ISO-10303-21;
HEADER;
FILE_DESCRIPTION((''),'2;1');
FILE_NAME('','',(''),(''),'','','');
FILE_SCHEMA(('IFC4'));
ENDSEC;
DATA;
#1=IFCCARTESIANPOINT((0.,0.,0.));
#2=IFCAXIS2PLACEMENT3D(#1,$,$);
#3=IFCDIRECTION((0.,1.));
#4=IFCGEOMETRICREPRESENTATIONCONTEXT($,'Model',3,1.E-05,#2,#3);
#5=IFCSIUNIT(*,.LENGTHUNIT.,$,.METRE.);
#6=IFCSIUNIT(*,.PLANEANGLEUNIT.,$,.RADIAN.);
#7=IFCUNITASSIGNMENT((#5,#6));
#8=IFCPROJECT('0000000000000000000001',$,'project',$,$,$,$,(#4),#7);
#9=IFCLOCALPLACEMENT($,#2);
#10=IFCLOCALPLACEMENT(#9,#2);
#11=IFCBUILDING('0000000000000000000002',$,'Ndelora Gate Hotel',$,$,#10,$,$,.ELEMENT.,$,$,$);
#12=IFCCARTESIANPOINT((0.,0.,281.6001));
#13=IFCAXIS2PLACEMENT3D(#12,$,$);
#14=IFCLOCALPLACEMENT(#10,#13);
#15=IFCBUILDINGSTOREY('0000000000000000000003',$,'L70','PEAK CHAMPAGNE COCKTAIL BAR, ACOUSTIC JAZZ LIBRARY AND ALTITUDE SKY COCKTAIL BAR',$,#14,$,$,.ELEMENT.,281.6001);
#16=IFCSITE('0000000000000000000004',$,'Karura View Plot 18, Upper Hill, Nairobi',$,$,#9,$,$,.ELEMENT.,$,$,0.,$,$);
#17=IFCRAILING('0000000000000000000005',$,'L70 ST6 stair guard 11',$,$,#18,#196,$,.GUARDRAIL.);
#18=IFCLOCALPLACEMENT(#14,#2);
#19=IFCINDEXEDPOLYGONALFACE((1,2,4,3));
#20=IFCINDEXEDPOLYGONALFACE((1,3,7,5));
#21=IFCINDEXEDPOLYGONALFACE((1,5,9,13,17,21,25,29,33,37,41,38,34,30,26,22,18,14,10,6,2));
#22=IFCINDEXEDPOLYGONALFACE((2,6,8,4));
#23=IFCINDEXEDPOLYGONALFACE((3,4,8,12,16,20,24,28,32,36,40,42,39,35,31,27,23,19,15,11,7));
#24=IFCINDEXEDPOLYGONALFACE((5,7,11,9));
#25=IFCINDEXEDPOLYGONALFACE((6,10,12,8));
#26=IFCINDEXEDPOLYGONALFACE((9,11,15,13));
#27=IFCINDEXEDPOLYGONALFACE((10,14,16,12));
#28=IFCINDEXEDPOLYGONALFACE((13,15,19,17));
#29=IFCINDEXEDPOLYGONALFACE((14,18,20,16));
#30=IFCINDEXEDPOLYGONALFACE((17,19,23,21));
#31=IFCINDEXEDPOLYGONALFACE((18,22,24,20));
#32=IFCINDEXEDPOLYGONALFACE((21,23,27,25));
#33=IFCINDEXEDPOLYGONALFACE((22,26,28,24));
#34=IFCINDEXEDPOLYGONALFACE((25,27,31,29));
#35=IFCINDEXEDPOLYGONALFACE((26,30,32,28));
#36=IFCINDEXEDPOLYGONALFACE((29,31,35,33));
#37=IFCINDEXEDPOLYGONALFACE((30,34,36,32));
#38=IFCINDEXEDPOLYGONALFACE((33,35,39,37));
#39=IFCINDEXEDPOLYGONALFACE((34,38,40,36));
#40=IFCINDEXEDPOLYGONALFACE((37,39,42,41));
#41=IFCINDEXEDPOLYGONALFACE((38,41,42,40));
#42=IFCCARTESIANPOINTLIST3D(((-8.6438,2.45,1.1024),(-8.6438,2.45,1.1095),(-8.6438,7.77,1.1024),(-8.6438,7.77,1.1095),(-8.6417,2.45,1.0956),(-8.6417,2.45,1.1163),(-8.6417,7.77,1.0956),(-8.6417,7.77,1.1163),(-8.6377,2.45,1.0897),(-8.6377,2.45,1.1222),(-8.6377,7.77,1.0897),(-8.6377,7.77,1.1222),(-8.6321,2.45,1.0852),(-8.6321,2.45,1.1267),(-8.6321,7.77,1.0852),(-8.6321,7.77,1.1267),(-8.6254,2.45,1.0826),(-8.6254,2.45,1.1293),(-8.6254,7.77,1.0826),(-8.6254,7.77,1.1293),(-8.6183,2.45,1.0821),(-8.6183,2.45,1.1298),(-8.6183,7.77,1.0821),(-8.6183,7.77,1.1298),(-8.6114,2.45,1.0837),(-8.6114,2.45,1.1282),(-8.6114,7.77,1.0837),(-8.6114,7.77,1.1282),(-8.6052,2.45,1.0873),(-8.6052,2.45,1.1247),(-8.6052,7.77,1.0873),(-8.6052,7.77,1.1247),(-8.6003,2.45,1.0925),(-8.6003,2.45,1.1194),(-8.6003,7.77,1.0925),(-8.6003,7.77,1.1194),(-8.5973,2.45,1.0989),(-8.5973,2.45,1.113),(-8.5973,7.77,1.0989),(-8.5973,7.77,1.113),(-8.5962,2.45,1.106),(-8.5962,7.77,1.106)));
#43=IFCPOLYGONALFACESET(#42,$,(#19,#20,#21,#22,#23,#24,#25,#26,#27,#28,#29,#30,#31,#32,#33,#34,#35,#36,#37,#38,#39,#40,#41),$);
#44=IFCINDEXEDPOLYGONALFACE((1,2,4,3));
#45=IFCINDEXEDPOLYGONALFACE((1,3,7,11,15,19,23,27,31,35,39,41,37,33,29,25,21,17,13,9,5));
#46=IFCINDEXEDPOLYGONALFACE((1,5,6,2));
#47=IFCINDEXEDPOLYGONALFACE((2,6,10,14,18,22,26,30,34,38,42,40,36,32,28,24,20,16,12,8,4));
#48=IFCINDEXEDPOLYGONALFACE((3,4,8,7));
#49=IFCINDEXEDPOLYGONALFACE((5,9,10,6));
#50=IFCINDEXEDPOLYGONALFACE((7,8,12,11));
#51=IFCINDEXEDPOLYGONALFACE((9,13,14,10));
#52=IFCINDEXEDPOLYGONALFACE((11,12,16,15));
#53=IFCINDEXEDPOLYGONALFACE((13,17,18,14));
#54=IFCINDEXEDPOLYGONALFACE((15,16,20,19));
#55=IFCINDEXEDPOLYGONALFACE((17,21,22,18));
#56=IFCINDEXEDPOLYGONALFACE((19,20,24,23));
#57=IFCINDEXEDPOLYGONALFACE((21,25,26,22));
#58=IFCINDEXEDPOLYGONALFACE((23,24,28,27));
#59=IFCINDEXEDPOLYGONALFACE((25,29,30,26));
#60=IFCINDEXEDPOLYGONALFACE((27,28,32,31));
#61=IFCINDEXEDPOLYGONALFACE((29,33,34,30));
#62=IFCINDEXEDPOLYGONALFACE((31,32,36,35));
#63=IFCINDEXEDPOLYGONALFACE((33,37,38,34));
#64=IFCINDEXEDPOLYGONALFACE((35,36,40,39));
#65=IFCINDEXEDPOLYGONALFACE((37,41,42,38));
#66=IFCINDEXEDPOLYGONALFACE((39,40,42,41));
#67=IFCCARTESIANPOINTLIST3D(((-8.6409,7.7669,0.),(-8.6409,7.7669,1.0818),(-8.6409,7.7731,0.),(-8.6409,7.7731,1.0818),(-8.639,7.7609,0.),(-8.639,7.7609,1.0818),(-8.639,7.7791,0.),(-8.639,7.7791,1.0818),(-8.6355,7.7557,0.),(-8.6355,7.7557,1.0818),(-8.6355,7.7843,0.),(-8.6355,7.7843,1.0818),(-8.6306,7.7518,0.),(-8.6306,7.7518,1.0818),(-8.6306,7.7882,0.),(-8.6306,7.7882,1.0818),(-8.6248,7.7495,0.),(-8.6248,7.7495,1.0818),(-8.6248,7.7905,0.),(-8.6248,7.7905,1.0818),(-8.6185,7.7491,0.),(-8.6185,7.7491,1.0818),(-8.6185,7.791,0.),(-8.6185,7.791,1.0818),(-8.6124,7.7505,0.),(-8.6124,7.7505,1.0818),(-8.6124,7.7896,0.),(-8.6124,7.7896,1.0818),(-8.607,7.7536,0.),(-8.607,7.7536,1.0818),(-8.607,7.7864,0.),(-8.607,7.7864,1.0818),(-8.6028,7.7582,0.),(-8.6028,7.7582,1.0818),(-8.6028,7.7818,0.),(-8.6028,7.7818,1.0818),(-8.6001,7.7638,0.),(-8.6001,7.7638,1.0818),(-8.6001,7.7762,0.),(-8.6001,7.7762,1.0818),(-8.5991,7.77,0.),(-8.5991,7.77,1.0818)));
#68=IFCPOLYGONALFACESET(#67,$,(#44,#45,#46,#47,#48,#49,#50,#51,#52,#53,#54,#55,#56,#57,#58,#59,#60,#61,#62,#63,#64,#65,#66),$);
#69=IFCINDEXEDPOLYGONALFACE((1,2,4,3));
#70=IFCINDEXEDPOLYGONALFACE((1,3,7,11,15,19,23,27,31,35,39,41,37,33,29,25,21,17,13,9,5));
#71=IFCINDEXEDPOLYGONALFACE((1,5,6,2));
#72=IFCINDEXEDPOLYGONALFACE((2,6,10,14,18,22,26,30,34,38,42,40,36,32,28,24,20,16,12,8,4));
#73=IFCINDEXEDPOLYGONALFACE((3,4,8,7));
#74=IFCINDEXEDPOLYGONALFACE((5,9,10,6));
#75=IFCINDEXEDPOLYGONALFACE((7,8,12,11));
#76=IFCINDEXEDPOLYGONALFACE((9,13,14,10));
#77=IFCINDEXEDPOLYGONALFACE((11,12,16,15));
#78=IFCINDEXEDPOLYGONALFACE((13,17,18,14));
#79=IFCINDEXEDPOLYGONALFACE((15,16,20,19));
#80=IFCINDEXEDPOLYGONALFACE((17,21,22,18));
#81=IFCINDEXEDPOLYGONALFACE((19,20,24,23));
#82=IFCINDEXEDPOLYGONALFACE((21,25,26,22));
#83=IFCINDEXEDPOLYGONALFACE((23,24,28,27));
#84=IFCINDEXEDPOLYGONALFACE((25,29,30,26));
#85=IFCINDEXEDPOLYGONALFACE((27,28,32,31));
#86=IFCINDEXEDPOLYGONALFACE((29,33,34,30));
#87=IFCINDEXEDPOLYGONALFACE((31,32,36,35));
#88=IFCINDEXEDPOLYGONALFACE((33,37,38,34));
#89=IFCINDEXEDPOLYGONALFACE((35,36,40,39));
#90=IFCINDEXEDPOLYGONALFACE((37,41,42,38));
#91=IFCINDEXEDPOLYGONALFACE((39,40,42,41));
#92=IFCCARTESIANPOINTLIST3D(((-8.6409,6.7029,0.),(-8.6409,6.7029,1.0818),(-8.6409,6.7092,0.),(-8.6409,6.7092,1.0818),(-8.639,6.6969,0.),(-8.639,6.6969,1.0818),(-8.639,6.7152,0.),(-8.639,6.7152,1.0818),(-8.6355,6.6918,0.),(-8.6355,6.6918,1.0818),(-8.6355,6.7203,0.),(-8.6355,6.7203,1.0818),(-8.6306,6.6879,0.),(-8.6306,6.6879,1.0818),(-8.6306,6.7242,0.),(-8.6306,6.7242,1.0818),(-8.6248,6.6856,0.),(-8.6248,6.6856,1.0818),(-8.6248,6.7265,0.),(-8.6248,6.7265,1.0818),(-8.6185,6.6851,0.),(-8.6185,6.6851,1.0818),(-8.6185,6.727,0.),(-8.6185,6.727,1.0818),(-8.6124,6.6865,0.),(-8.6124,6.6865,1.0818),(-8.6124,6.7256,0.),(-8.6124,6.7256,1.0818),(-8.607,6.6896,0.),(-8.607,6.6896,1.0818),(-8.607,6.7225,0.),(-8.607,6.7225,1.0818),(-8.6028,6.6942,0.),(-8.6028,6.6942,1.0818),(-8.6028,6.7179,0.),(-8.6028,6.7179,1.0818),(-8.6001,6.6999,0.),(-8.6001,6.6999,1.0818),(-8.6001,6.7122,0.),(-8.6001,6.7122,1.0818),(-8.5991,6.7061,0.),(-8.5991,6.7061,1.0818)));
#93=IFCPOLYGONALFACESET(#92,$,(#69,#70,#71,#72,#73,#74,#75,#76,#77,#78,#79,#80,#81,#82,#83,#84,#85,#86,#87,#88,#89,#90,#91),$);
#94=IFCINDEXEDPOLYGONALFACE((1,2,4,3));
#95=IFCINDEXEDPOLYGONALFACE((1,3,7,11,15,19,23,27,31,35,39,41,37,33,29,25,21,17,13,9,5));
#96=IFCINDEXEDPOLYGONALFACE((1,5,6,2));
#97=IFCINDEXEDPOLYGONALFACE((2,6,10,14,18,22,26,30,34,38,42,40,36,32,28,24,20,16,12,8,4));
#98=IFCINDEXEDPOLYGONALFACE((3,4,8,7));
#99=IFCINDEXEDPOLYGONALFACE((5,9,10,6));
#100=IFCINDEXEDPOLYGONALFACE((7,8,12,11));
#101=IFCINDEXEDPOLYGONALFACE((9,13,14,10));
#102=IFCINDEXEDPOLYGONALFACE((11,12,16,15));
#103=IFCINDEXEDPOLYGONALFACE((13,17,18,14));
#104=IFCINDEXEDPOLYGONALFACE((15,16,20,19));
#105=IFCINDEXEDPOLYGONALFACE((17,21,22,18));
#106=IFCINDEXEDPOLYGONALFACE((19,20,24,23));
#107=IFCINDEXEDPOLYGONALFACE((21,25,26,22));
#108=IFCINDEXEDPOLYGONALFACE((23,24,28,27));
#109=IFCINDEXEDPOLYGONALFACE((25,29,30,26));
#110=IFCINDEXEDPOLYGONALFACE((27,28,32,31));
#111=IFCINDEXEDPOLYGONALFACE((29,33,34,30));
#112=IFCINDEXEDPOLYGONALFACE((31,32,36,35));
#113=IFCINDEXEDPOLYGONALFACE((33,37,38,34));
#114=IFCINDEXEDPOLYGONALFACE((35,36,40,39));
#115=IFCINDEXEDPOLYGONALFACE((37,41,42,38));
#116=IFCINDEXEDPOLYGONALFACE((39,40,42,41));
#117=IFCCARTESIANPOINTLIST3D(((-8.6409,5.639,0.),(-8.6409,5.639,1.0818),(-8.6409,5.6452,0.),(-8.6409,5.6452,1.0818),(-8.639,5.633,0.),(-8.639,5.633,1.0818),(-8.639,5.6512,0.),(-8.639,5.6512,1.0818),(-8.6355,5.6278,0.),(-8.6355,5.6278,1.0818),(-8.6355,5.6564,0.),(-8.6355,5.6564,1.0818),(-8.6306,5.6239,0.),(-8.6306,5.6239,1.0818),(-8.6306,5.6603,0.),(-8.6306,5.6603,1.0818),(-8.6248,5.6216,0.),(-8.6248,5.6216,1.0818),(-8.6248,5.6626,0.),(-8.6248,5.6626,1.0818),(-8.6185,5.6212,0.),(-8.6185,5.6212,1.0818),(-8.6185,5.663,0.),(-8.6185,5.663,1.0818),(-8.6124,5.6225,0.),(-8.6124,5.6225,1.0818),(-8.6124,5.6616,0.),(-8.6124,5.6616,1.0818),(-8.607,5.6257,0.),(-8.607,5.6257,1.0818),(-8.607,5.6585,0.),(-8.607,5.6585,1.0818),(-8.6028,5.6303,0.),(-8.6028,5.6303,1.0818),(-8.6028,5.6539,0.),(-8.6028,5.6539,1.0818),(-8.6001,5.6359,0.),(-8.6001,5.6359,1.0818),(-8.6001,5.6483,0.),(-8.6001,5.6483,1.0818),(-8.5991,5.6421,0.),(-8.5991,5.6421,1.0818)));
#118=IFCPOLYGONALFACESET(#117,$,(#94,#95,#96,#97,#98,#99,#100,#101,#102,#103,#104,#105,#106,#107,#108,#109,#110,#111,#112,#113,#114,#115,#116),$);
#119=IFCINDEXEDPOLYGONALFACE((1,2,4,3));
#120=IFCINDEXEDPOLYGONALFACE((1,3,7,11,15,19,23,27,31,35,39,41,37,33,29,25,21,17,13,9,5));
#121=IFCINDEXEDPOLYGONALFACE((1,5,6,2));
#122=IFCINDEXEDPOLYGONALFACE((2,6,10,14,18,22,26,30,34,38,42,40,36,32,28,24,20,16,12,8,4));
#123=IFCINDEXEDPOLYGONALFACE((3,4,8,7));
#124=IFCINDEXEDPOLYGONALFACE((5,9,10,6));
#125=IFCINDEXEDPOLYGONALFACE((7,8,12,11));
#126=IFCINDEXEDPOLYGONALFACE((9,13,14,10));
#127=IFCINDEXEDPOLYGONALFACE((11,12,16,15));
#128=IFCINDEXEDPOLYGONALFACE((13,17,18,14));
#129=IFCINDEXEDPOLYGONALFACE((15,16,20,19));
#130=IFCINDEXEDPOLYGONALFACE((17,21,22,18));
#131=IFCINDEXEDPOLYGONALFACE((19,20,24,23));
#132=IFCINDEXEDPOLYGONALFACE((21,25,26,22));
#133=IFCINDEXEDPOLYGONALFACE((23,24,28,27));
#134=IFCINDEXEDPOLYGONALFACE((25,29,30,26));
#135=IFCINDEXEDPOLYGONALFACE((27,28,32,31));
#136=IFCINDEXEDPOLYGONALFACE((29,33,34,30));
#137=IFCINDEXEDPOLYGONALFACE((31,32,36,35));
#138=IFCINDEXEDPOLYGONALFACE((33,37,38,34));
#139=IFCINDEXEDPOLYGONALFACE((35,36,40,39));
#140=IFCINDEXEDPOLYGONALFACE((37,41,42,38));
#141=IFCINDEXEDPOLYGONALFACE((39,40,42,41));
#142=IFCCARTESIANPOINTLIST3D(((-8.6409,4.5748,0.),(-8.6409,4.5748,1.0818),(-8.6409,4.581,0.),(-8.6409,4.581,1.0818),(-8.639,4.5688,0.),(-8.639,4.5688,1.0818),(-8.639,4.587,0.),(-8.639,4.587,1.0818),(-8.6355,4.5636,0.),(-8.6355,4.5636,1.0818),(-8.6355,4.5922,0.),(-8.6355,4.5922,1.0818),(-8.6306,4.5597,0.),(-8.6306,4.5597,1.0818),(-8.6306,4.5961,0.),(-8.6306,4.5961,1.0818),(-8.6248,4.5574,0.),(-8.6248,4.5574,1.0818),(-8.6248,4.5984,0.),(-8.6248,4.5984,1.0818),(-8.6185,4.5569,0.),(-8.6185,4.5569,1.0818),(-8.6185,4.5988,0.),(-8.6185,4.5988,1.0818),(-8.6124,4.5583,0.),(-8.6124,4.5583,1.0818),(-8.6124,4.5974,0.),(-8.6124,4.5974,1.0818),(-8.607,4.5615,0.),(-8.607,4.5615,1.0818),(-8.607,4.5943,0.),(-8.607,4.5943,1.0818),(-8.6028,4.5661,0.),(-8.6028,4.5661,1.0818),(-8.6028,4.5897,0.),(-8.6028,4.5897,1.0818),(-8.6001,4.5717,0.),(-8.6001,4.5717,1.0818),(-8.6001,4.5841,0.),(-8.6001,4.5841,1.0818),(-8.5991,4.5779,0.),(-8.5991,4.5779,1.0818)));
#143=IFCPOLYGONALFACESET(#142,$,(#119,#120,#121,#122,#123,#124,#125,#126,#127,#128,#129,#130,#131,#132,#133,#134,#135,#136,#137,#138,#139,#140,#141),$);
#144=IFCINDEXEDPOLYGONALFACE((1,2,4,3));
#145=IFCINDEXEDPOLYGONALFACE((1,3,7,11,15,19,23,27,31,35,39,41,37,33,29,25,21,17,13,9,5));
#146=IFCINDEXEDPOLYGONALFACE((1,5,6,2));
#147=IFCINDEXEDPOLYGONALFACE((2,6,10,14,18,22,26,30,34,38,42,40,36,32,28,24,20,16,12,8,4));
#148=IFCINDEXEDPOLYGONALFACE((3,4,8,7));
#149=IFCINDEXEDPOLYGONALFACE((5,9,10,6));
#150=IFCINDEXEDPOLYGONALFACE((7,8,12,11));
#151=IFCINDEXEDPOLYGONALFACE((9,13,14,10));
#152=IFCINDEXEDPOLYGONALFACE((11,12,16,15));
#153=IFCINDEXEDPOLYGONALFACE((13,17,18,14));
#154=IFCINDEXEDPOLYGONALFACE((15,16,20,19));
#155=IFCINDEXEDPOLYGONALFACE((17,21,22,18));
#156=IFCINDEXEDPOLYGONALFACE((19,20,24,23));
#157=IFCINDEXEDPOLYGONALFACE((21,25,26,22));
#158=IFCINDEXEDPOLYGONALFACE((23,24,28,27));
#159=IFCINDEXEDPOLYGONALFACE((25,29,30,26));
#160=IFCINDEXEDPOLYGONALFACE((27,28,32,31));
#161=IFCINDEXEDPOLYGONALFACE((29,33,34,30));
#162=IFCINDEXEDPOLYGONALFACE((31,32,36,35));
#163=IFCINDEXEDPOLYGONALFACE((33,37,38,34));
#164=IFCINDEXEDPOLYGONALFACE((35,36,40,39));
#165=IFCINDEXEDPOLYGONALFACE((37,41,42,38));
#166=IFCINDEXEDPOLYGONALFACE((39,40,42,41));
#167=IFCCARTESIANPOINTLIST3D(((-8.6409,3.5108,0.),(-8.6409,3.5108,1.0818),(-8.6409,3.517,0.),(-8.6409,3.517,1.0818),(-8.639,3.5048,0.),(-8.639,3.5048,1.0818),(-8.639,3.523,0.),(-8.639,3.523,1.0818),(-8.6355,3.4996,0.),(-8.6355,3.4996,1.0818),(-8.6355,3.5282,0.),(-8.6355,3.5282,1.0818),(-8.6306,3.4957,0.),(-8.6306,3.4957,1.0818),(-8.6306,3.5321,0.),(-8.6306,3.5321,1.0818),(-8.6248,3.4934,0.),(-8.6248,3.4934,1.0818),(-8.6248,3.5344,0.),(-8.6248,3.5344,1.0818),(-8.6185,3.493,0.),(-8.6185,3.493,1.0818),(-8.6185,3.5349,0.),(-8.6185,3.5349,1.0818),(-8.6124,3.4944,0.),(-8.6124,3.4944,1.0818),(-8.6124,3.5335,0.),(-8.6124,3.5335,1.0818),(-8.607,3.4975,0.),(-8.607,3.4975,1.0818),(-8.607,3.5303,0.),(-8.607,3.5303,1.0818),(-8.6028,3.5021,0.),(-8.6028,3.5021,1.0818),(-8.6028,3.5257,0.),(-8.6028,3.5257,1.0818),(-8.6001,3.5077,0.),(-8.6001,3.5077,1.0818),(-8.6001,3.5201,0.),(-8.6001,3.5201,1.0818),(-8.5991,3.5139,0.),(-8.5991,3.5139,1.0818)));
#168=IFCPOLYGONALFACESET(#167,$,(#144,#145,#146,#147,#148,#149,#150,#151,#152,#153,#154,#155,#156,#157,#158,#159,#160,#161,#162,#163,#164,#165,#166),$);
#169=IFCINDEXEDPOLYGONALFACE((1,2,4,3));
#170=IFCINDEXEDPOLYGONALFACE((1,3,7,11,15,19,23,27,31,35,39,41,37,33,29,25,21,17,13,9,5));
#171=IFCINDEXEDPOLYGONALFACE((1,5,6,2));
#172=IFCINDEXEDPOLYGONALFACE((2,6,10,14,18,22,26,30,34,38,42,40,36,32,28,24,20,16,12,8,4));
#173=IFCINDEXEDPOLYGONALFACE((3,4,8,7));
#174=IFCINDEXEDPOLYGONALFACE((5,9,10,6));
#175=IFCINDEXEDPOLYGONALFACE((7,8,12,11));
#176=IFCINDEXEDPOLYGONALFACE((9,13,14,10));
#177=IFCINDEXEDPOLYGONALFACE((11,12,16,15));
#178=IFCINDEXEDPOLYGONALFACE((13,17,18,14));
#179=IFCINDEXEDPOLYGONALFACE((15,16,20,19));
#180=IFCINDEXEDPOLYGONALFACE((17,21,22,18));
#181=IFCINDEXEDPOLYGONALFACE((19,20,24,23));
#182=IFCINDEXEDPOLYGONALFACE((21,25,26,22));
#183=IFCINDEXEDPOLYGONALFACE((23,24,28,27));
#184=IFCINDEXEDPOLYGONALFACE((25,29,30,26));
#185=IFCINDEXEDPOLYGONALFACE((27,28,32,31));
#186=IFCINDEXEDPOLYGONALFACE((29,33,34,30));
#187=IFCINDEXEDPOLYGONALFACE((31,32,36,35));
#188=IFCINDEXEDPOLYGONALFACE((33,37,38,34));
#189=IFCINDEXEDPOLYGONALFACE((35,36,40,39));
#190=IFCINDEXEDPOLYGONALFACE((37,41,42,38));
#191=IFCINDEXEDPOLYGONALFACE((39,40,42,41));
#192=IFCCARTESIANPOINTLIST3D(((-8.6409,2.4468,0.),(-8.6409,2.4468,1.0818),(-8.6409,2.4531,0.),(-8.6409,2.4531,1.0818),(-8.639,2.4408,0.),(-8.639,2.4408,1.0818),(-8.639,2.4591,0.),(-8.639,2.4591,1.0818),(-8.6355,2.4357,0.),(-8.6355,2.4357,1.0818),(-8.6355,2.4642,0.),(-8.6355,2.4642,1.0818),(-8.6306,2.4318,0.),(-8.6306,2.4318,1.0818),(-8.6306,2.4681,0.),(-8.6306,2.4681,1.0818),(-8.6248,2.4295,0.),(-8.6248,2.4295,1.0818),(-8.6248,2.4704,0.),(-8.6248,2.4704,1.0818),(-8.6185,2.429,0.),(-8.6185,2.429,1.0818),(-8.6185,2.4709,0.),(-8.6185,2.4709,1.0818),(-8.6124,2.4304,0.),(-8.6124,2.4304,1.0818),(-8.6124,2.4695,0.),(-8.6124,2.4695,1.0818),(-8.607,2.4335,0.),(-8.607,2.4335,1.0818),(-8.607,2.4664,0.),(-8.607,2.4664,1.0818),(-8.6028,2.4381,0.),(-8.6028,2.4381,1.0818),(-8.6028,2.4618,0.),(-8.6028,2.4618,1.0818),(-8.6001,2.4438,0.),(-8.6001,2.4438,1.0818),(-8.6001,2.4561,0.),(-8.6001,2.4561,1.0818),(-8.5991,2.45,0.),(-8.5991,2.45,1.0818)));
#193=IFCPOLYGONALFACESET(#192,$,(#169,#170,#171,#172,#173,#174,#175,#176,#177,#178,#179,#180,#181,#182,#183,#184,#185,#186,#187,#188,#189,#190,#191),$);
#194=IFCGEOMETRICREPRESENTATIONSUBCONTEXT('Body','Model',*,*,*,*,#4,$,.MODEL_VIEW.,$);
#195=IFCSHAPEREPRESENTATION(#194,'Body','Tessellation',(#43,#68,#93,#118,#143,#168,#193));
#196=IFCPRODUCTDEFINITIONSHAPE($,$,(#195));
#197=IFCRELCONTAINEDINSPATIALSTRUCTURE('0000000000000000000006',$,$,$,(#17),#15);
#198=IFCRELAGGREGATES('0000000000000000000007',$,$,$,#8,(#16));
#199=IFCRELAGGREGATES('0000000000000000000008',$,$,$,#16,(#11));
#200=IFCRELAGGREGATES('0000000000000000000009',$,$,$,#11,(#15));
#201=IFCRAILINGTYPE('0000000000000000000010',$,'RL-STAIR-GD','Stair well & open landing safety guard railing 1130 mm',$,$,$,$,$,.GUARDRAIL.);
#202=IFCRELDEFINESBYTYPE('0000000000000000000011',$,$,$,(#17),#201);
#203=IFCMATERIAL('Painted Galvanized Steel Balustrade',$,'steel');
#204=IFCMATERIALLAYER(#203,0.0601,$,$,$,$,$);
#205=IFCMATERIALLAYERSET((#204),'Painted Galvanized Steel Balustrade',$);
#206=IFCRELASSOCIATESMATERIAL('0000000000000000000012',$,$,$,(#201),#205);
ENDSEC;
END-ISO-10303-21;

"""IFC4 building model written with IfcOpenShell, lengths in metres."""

from ifc_helpers import new_model, si_unit, direction, frame, origin, origin_2d, place, context, subcontext, project, spatial, circle, extrude, material, layer, layer_set, type_object, element, save


model = new_model("IFC4")

# Units and contexts
model_context = context("Model", 3, precision=1e-05, world=origin(), true_north=direction((0.0, 1.0)))
body_context = subcontext(model_context, "Body", "Model", "MODEL_VIEW")
ifc_project = project(units=[si_unit("LENGTHUNIT", "METRE"), si_unit("PLANEANGLEUNIT", "RADIAN")], contexts=[model_context])

# Site, building, storey
site_placement = place(None, origin())
site = spatial("IfcSite", under=ifc_project, at=site_placement, Name="Karura View Plot 18, Upper Hill, Nairobi", CompositionType="ELEMENT", RefElevation=0.0)
building_placement = place(site_placement, origin())
building = spatial("IfcBuilding", under=site, at=building_placement, Name="Ndelora Gate Hotel", CompositionType="ELEMENT")
storey_placement = place(building_placement, frame((0.0, 0.0, 281.6001)))
storey = spatial("IfcBuildingStorey", under=building, at=storey_placement, Name="L70", Description="PEAK CHAMPAGNE COCKTAIL BAR, ACOUSTIC JAZZ LIBRARY AND ALTITUDE SKY COCKTAIL BAR", CompositionType="ELEMENT", Elevation=281.6001)

# Railing
ifc_material_1 = material(Name="Painted Galvanized Steel Balustrade", Category="steel")
ifc_layer_1 = layer(ifc_material_1, 0.0601)
ifc_layer_set_1 = layer_set([ifc_layer_1], Name="Painted Galvanized Steel Balustrade")
railing_type = type_object("IfcRailingType", Name="RL-STAIR-GD", Description="Stair well & open landing safety guard railing 1130 mm", PredefinedType="GUARDRAIL", material=ifc_layer_set_1)
railing_1_placement = place(storey_placement, frame((-8.6201, 7.77, 0.0)))
element("IfcRailing", 1, at=railing_1_placement, inside=storey, type_object=railing_type, Name="L70 ST6 stair guard 11", PredefinedType="GUARDRAIL", context=body_context, shape_type="SweptSolid", body=[
    extrude(circle(Radius=0.0239, at=origin_2d()), frame((0.0, 0.0, 1.106), z_axis=(0.0, -1.0, 0.0), x_axis=(1.0, 0.0, 0.0)), (0.0, 0.0, 1.0), 5.3201),
    extrude(circle(Radius=0.021, at=origin_2d()), origin(), (0.0, 0.0, 1.0), 1.0818),
    extrude(circle(Radius=0.021, at=origin_2d()), frame((0.0, -1.064, 0.0)), (0.0, 0.0, 1.0), 1.0818),
    extrude(circle(Radius=0.021, at=origin_2d()), frame((0.0, -2.1279, 0.0)), (0.0, 0.0, 1.0), 1.0818),
    extrude(circle(Radius=0.021, at=origin_2d()), frame((0.0, -3.1921, 0.0)), (0.0, 0.0, 1.0), 1.0818),
    extrude(circle(Radius=0.021, at=origin_2d()), frame((0.0, -4.2561, 0.0)), (0.0, 0.0, 1.0), 1.0818),
    extrude(circle(Radius=0.021, at=origin_2d()), frame((0.0, -5.3201, 0.0)), (0.0, 0.0, 1.0), 1.0818),
])

save(model, "model.ifc")
